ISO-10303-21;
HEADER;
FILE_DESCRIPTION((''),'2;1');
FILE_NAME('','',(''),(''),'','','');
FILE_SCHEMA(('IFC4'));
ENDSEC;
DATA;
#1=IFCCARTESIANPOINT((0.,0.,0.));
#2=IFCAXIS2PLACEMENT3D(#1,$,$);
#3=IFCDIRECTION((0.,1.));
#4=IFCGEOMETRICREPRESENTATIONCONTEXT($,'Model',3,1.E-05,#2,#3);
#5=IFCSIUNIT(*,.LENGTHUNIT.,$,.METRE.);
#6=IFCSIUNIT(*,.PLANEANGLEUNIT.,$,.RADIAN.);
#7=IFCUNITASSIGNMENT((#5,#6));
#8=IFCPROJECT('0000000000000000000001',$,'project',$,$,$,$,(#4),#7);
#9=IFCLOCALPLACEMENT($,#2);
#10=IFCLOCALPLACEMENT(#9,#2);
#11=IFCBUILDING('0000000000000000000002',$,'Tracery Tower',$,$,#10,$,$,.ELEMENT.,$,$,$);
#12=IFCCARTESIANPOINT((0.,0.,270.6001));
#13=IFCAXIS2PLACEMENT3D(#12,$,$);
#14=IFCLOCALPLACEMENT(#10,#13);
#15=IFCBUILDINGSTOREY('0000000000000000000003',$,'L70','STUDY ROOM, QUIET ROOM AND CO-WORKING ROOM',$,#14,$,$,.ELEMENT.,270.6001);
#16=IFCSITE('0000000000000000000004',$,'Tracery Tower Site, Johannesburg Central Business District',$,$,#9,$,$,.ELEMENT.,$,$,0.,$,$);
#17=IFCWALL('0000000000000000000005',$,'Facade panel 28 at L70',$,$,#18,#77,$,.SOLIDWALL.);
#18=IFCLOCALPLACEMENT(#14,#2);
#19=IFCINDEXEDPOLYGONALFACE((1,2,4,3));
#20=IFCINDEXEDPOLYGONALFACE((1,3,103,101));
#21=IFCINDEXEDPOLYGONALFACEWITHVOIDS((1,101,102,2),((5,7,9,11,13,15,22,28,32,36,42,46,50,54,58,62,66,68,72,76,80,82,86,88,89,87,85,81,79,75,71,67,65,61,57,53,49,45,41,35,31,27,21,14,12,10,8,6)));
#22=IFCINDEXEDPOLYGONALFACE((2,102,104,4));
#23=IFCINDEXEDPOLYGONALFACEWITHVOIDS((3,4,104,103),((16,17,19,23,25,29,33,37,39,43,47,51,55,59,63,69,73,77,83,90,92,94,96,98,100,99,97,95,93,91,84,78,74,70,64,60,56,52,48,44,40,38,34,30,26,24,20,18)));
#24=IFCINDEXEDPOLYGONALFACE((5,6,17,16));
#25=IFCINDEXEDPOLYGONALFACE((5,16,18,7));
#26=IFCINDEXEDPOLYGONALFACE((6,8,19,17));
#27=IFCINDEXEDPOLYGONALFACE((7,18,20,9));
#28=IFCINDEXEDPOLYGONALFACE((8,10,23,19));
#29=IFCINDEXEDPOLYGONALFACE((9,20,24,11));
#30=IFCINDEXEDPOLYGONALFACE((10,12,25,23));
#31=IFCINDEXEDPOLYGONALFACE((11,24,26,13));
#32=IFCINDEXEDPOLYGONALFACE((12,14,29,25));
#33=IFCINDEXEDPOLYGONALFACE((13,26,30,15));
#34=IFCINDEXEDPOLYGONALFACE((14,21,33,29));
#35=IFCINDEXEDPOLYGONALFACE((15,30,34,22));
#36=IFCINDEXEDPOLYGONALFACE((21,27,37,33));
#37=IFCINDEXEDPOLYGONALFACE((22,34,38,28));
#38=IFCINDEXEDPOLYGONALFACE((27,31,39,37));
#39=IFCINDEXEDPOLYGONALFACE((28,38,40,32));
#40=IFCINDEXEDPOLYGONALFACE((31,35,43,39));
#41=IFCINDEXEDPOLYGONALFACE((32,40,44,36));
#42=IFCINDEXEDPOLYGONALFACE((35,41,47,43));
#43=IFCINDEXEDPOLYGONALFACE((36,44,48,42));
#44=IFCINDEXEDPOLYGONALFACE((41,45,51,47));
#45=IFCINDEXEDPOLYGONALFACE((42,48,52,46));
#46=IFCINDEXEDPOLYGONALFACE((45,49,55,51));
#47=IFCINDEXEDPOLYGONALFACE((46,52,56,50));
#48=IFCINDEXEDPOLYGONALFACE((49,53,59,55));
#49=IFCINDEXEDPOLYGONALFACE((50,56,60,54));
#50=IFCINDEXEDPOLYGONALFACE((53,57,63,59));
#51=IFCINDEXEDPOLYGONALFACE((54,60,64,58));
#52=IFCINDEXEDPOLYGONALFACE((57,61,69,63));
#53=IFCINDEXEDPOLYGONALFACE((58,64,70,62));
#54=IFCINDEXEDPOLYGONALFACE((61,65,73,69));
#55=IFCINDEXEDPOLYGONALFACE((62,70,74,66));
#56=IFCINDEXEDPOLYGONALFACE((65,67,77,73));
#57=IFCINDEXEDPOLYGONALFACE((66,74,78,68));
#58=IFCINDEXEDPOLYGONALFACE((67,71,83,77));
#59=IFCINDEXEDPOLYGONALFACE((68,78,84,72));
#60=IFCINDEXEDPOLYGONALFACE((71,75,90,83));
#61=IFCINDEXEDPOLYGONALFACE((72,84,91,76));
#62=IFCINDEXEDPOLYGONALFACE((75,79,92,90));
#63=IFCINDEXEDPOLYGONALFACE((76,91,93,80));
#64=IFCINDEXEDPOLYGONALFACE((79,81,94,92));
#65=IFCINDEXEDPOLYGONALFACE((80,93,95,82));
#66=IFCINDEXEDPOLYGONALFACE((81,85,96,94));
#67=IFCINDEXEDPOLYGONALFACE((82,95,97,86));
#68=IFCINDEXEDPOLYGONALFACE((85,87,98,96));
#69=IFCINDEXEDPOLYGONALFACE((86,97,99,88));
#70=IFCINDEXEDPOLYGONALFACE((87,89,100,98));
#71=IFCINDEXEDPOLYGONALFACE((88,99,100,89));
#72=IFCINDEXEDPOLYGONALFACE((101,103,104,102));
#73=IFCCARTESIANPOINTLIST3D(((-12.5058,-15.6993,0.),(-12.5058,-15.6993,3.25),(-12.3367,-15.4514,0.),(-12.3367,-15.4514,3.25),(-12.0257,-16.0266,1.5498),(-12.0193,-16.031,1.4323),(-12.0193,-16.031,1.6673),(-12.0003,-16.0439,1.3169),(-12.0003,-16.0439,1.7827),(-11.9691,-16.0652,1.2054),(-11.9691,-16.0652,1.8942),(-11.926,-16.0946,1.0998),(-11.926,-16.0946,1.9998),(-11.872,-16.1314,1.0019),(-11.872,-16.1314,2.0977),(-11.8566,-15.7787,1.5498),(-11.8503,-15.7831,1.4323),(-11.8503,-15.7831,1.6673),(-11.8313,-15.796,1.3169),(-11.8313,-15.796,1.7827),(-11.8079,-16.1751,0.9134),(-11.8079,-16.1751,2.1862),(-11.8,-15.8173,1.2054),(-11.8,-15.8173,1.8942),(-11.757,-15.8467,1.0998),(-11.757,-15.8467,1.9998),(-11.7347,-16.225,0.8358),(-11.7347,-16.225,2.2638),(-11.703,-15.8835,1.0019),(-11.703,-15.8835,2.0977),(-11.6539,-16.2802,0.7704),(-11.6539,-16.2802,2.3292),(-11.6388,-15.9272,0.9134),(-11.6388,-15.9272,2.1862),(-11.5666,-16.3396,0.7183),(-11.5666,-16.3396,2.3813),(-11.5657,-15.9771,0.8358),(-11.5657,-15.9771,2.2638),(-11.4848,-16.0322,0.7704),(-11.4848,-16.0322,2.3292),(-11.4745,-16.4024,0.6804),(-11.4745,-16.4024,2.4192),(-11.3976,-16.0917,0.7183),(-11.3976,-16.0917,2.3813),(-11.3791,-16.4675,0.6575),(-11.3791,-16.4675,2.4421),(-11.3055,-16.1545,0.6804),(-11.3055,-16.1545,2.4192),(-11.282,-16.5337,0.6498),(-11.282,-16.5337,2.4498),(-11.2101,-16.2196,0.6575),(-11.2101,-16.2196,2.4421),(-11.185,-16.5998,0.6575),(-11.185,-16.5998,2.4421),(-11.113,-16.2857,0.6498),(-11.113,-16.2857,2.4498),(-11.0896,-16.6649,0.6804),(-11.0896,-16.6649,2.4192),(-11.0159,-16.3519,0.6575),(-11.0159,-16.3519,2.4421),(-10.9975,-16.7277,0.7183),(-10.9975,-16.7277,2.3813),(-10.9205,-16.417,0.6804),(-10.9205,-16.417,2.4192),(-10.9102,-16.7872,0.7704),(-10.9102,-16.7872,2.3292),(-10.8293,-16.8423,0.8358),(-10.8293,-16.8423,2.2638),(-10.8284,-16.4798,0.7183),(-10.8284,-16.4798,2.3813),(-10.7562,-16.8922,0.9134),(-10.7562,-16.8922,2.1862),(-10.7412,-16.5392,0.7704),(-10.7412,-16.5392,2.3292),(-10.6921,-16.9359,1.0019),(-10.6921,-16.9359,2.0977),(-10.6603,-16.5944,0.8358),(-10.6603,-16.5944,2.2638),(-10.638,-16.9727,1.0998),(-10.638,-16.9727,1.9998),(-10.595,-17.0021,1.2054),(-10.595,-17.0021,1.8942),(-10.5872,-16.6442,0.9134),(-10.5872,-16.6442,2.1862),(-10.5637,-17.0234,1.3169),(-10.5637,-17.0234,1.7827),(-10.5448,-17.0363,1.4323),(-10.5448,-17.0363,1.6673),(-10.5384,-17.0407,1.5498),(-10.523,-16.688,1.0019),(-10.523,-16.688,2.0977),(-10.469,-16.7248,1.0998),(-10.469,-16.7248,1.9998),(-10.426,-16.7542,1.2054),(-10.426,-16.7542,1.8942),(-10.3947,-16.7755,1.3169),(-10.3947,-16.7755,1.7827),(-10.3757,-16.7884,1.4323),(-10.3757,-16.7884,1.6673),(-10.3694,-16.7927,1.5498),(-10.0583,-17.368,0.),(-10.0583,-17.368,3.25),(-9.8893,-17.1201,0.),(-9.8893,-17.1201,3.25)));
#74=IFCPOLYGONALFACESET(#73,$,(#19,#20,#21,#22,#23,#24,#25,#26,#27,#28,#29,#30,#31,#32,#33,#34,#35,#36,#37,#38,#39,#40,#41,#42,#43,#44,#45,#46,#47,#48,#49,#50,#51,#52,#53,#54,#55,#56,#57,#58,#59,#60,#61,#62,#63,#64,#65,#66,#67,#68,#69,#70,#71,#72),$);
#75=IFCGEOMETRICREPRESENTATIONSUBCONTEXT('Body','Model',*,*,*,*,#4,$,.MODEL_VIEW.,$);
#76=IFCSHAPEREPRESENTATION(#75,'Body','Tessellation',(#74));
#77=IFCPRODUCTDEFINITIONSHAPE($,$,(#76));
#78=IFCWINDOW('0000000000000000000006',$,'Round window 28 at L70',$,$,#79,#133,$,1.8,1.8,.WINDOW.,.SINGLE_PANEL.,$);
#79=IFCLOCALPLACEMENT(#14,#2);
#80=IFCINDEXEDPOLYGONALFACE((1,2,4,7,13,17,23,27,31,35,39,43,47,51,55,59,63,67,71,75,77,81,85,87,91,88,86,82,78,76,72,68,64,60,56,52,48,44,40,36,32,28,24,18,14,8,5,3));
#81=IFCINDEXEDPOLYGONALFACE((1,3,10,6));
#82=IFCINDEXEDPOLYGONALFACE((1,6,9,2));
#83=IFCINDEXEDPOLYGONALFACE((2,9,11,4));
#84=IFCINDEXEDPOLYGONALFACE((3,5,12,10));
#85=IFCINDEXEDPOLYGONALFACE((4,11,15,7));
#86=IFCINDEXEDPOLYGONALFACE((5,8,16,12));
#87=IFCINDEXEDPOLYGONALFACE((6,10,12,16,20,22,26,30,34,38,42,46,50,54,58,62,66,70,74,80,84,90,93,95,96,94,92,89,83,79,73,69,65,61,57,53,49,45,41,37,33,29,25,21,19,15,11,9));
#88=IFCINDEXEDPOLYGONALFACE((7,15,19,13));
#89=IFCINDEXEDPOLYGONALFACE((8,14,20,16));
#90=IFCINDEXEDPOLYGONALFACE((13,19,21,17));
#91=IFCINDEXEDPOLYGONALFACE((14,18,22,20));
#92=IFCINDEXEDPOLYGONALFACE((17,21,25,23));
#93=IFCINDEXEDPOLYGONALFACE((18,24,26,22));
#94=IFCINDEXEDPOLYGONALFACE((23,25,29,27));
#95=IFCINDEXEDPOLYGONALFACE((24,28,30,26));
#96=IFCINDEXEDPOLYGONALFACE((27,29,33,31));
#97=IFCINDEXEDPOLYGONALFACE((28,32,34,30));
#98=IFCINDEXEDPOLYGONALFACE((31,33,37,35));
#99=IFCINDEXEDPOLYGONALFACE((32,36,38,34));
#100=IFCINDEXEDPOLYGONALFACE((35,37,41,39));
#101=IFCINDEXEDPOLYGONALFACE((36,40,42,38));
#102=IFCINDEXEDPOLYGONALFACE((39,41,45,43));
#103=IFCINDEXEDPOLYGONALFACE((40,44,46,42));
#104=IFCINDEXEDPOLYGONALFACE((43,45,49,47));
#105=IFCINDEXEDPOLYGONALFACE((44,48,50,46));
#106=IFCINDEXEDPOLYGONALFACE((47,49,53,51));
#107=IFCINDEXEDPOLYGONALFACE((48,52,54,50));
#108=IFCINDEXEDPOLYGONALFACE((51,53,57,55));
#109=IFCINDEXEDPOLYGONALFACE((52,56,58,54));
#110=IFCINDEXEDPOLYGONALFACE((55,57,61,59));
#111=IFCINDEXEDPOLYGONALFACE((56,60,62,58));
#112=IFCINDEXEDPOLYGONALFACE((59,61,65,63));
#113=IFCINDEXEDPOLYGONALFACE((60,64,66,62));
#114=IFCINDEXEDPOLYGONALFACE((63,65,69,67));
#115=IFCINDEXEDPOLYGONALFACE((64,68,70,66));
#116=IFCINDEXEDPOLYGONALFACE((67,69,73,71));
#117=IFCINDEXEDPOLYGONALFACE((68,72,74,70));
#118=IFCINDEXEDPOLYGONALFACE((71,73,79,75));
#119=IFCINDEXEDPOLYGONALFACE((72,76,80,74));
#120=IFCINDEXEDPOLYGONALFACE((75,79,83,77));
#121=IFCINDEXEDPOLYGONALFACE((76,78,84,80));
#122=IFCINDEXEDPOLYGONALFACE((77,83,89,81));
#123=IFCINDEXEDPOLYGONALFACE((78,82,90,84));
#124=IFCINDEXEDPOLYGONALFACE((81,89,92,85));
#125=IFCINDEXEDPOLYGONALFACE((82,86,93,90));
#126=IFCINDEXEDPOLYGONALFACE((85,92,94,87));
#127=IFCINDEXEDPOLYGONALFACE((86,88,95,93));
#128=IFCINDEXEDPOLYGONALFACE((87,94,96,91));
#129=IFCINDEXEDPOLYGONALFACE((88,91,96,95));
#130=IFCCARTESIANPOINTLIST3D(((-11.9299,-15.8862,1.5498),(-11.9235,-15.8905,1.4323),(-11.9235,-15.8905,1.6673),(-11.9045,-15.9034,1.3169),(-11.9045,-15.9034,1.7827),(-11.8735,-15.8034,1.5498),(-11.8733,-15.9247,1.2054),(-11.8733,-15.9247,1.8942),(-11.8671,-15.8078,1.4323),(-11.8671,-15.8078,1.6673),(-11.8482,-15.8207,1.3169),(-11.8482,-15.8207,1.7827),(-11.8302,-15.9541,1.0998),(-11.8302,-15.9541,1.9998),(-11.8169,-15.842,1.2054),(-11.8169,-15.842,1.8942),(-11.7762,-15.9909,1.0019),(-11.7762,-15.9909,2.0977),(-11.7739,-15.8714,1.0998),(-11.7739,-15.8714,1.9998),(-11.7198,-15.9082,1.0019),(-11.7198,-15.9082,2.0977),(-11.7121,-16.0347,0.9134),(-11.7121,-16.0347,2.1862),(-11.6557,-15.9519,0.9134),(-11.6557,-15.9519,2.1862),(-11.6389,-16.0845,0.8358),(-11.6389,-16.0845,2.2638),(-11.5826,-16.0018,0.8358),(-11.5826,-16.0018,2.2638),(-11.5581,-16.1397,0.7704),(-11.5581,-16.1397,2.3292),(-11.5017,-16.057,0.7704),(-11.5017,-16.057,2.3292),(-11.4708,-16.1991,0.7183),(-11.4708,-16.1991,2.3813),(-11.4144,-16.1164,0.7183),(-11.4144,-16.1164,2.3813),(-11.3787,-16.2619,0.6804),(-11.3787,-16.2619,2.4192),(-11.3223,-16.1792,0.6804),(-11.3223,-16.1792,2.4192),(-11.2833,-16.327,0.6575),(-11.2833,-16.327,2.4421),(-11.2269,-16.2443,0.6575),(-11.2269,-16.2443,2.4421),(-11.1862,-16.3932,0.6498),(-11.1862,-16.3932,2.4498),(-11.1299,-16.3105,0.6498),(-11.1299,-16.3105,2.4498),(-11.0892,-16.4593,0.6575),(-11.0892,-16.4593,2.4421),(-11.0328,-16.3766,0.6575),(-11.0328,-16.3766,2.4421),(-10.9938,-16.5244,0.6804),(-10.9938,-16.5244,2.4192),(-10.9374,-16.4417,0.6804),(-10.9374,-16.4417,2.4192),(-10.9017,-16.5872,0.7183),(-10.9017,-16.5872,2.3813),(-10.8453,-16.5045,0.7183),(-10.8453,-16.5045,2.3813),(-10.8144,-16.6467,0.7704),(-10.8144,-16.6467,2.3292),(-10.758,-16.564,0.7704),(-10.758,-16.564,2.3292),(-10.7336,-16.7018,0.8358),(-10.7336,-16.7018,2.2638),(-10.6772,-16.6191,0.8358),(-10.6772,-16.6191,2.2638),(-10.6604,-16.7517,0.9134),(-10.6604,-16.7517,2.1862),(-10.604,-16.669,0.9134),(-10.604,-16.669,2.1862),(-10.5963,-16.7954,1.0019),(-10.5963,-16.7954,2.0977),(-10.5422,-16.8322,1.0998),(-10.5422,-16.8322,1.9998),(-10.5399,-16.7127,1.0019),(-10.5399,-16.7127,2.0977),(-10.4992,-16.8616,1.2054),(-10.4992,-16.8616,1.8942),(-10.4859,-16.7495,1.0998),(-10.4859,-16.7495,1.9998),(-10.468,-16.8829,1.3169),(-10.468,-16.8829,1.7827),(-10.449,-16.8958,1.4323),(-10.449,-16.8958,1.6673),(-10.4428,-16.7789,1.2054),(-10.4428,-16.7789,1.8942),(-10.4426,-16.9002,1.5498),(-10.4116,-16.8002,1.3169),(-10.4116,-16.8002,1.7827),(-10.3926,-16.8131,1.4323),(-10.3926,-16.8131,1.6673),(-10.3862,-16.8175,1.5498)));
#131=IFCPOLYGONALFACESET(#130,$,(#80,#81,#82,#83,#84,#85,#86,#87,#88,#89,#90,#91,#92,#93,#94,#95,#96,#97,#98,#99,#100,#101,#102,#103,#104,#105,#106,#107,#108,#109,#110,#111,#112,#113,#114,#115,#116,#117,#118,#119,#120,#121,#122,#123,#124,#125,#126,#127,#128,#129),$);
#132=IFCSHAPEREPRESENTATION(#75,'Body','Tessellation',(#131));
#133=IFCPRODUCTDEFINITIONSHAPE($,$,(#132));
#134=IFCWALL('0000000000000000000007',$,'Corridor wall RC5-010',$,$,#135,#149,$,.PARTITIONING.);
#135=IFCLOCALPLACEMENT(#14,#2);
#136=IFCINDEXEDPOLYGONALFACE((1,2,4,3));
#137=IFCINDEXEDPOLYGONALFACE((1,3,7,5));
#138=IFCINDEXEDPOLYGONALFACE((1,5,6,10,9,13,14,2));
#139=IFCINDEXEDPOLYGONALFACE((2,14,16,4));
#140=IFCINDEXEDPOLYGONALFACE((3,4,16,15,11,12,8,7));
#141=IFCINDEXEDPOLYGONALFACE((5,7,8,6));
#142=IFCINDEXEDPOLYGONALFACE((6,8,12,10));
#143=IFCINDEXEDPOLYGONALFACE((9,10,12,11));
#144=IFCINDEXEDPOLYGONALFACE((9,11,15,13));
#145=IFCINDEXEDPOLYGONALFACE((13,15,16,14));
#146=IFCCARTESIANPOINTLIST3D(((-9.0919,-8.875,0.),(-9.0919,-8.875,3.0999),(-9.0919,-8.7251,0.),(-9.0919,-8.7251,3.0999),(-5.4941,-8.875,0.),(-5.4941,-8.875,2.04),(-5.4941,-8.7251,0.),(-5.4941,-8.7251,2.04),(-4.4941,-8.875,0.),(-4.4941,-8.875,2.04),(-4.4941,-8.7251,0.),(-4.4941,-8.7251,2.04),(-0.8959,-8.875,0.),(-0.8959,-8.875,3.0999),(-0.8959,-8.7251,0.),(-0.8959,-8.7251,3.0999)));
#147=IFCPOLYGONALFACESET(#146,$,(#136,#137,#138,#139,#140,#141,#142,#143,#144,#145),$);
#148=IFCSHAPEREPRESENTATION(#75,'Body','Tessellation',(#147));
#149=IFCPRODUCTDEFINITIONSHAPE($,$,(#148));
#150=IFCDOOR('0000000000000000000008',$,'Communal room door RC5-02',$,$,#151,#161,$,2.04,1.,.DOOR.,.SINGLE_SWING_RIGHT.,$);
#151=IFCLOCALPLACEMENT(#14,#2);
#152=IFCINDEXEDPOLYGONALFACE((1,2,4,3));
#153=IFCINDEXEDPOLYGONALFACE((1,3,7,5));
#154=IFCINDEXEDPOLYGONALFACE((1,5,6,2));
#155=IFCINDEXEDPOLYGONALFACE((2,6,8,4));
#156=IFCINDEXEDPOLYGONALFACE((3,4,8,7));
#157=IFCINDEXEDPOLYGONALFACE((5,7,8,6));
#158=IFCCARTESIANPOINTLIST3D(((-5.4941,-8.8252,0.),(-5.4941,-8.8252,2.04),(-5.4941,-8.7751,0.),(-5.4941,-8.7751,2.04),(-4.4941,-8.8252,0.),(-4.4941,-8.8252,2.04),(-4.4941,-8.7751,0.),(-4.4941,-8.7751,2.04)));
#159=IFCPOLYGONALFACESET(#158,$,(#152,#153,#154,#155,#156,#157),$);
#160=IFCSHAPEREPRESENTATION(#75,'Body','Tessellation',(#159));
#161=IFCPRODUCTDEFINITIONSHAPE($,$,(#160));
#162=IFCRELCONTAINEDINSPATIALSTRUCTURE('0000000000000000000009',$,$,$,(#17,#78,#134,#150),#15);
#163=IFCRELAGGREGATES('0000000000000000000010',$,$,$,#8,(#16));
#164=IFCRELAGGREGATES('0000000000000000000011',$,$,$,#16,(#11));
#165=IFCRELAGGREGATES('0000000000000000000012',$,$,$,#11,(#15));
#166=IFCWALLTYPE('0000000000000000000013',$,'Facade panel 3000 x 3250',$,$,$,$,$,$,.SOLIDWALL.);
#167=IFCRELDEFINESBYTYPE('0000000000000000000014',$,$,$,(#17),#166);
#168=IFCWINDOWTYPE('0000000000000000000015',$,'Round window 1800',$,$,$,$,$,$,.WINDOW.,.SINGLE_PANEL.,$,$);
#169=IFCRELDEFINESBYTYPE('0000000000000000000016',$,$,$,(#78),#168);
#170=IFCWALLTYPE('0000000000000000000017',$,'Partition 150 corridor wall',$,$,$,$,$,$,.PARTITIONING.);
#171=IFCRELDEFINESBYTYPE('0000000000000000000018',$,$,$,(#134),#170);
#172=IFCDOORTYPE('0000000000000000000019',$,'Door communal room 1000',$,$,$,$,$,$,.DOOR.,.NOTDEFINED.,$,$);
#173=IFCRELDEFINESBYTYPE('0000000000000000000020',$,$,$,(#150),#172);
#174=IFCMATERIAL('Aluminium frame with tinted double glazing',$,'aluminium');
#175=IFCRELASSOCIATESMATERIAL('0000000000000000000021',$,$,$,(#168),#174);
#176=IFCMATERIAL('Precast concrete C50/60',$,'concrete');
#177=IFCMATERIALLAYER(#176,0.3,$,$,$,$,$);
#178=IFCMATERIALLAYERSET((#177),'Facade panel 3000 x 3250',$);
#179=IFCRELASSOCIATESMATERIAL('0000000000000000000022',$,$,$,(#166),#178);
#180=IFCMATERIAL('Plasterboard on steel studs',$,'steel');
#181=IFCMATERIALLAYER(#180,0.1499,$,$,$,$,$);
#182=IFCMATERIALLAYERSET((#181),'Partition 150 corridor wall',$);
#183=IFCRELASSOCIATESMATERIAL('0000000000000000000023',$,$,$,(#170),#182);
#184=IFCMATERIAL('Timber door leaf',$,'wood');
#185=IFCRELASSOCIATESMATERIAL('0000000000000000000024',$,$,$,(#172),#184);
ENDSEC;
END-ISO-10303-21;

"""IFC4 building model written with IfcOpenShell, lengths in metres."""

from ifc_helpers import new_model, si_unit, direction, frame, frame_2d, origin, origin_2d, place, context, subcontext, project, spatial, rectangle, circle, extrude, material, layer, layer_set, type_object, element, fill, save


model = new_model("IFC4")

# Units and contexts
model_context = context("Model", 3, precision=1e-05, world=origin(), true_north=direction((0.0, 1.0)))
body_context = subcontext(model_context, "Body", "Model", "MODEL_VIEW")
ifc_project = project(units=[si_unit("LENGTHUNIT", "METRE"), si_unit("PLANEANGLEUNIT", "RADIAN")], contexts=[model_context])

# Site, building, storey
site_placement = place(None, origin())
site = spatial("IfcSite", under=ifc_project, at=site_placement, Name="Tracery Tower Site, Johannesburg Central Business District", CompositionType="ELEMENT", RefElevation=0.0)
building_placement = place(site_placement, origin())
building = spatial("IfcBuilding", under=site, at=building_placement, Name="Tracery Tower", CompositionType="ELEMENT")
storey_placement = place(building_placement, frame((0.0, 0.0, 270.6001)))
storey = spatial("IfcBuildingStorey", under=building, at=storey_placement, Name="L70", Description="STUDY ROOM, QUIET ROOM AND CO-WORKING ROOM", CompositionType="ELEMENT", Elevation=270.6001)

# Wall, opening, window
ifc_material_1 = material(Name="Aluminium frame with tinted double glazing", Category="aluminium")
window_type = type_object("IfcWindowType", Name="Round window 1800", PartitioningType="SINGLE_PANEL", PredefinedType="WINDOW", material=ifc_material_1)
ifc_material_2 = material(Name="Precast concrete C50/60", Category="concrete")
ifc_layer_1 = layer(ifc_material_2, 0.3)
ifc_layer_set_1 = layer_set([ifc_layer_1], Name="Facade panel 3000 x 3250")
wall_type_1 = type_object("IfcWallType", Name="Facade panel 3000 x 3250", PredefinedType="SOLIDWALL", material=ifc_layer_set_1)
wall_1_placement = place(storey_placement, frame((-12.4211, -15.5754, 0.0), z_axis=(0.0, 0.0, 1.0), x_axis=(0.826236, -0.563324, 0.0)))
wall_1 = element("IfcWall", 1, at=wall_1_placement, inside=storey, type_object=wall_type_1, Name="Facade panel 28 at L70", PredefinedType="SOLIDWALL", context=body_context, shape_type="SweptSolid", body=[
    extrude(rectangle(XDim=2.9622, YDim=0.3, at=frame_2d((1.481, 0.0))), origin(), (0.0, 0.0, 1.0), 3.25),
])
opening_1_placement = place(wall_1_placement, frame((1.481, 0.0, 1.5498)))
opening_1 = element("IfcOpeningElement", 2, at=opening_1_placement, cuts=wall_1, PredefinedType="OPENING", context=body_context, shape_type="SweptSolid", body=[
    extrude(circle(Radius=0.9, at=origin_2d()), frame((0.0, 0.1599, 0.0), z_axis=(0.0, -1.0, 0.0), x_axis=(1.0, 0.0, 0.0)), (0.0, 0.0, 1.0), 0.3201),
])
window_1_placement = place(opening_1_placement, origin())
window_1 = element("IfcWindow", 3, at=window_1_placement, inside=storey, type_object=window_type, Name="Round window 28 at L70", OverallHeight=1.8, OverallWidth=1.8, PartitioningType="SINGLE_PANEL", PredefinedType="WINDOW", context=body_context, shape_type="SweptSolid", body=[
    extrude(circle(Radius=0.9, at=origin_2d()), frame((0.0, 0.1201, 0.0), z_axis=(0.0, -1.0, 0.0), x_axis=(1.0, 0.0, 0.0)), (0.0, 0.0, 1.0), 0.1001),
])
fill(opening_1, window_1)

# Wall, opening, door
ifc_material_3 = material(Name="Plasterboard on steel studs", Category="steel")
ifc_layer_2 = layer(ifc_material_3, 0.1499)
ifc_layer_set_2 = layer_set([ifc_layer_2], Name="Partition 150 corridor wall")
wall_type_2 = type_object("IfcWallType", Name="Partition 150 corridor wall", PredefinedType="PARTITIONING", material=ifc_layer_set_2)
wall_2_placement = place(storey_placement, frame((-9.092, -8.8, 0.0), z_axis=(0.0, 0.0, 1.0), x_axis=(1.0, 0.0, 0.0)))
wall_2 = element("IfcWall", 4, at=wall_2_placement, inside=storey, type_object=wall_type_2, Name="Corridor wall RC5-010", PredefinedType="PARTITIONING", context=body_context, shape_type="SweptSolid", body=[
    extrude(rectangle(XDim=8.196, YDim=0.1499, at=frame_2d((4.0981, 0.0))), origin(), (0.0, 0.0, 1.0), 3.0999),
])
opening_2_placement = place(wall_2_placement, frame((3.5979, 0.0, 0.0)))
opening_2 = element("IfcOpeningElement", 5, at=opening_2_placement, cuts=wall_2, PredefinedType="OPENING", context=body_context, shape_type="SweptSolid", body=[
    extrude(rectangle(XDim=1.0, YDim=2.04, at=frame_2d((0.5, 1.02))), frame((0.0, 0.075, 0.0), z_axis=(0.0, -1.0, 0.0), x_axis=(1.0, 0.0, 0.0)), (0.0, 0.0, 1.0), 0.1499),
])
ifc_material_4 = material(Name="Timber door leaf", Category="wood")
door_type = type_object("IfcDoorType", Name="Door communal room 1000", OperationType="NOTDEFINED", PredefinedType="DOOR", material=ifc_material_4)
door_placement = place(opening_2_placement, origin())
door = element("IfcDoor", 6, at=door_placement, inside=storey, type_object=door_type, Name="Communal room door RC5-02", OperationType="SINGLE_SWING_RIGHT", OverallHeight=2.04, OverallWidth=1.0, PredefinedType="DOOR", context=body_context, shape_type="SweptSolid", body=[
    extrude(rectangle(XDim=1.0, YDim=2.04, at=frame_2d((0.5, 1.02))), frame((0.0, 0.0249, 0.0), z_axis=(0.0, -1.0, 0.0), x_axis=(1.0, 0.0, 0.0)), (0.0, 0.0, 1.0), 0.05),
])
fill(opening_2, door)

save(model, "model.ifc")
